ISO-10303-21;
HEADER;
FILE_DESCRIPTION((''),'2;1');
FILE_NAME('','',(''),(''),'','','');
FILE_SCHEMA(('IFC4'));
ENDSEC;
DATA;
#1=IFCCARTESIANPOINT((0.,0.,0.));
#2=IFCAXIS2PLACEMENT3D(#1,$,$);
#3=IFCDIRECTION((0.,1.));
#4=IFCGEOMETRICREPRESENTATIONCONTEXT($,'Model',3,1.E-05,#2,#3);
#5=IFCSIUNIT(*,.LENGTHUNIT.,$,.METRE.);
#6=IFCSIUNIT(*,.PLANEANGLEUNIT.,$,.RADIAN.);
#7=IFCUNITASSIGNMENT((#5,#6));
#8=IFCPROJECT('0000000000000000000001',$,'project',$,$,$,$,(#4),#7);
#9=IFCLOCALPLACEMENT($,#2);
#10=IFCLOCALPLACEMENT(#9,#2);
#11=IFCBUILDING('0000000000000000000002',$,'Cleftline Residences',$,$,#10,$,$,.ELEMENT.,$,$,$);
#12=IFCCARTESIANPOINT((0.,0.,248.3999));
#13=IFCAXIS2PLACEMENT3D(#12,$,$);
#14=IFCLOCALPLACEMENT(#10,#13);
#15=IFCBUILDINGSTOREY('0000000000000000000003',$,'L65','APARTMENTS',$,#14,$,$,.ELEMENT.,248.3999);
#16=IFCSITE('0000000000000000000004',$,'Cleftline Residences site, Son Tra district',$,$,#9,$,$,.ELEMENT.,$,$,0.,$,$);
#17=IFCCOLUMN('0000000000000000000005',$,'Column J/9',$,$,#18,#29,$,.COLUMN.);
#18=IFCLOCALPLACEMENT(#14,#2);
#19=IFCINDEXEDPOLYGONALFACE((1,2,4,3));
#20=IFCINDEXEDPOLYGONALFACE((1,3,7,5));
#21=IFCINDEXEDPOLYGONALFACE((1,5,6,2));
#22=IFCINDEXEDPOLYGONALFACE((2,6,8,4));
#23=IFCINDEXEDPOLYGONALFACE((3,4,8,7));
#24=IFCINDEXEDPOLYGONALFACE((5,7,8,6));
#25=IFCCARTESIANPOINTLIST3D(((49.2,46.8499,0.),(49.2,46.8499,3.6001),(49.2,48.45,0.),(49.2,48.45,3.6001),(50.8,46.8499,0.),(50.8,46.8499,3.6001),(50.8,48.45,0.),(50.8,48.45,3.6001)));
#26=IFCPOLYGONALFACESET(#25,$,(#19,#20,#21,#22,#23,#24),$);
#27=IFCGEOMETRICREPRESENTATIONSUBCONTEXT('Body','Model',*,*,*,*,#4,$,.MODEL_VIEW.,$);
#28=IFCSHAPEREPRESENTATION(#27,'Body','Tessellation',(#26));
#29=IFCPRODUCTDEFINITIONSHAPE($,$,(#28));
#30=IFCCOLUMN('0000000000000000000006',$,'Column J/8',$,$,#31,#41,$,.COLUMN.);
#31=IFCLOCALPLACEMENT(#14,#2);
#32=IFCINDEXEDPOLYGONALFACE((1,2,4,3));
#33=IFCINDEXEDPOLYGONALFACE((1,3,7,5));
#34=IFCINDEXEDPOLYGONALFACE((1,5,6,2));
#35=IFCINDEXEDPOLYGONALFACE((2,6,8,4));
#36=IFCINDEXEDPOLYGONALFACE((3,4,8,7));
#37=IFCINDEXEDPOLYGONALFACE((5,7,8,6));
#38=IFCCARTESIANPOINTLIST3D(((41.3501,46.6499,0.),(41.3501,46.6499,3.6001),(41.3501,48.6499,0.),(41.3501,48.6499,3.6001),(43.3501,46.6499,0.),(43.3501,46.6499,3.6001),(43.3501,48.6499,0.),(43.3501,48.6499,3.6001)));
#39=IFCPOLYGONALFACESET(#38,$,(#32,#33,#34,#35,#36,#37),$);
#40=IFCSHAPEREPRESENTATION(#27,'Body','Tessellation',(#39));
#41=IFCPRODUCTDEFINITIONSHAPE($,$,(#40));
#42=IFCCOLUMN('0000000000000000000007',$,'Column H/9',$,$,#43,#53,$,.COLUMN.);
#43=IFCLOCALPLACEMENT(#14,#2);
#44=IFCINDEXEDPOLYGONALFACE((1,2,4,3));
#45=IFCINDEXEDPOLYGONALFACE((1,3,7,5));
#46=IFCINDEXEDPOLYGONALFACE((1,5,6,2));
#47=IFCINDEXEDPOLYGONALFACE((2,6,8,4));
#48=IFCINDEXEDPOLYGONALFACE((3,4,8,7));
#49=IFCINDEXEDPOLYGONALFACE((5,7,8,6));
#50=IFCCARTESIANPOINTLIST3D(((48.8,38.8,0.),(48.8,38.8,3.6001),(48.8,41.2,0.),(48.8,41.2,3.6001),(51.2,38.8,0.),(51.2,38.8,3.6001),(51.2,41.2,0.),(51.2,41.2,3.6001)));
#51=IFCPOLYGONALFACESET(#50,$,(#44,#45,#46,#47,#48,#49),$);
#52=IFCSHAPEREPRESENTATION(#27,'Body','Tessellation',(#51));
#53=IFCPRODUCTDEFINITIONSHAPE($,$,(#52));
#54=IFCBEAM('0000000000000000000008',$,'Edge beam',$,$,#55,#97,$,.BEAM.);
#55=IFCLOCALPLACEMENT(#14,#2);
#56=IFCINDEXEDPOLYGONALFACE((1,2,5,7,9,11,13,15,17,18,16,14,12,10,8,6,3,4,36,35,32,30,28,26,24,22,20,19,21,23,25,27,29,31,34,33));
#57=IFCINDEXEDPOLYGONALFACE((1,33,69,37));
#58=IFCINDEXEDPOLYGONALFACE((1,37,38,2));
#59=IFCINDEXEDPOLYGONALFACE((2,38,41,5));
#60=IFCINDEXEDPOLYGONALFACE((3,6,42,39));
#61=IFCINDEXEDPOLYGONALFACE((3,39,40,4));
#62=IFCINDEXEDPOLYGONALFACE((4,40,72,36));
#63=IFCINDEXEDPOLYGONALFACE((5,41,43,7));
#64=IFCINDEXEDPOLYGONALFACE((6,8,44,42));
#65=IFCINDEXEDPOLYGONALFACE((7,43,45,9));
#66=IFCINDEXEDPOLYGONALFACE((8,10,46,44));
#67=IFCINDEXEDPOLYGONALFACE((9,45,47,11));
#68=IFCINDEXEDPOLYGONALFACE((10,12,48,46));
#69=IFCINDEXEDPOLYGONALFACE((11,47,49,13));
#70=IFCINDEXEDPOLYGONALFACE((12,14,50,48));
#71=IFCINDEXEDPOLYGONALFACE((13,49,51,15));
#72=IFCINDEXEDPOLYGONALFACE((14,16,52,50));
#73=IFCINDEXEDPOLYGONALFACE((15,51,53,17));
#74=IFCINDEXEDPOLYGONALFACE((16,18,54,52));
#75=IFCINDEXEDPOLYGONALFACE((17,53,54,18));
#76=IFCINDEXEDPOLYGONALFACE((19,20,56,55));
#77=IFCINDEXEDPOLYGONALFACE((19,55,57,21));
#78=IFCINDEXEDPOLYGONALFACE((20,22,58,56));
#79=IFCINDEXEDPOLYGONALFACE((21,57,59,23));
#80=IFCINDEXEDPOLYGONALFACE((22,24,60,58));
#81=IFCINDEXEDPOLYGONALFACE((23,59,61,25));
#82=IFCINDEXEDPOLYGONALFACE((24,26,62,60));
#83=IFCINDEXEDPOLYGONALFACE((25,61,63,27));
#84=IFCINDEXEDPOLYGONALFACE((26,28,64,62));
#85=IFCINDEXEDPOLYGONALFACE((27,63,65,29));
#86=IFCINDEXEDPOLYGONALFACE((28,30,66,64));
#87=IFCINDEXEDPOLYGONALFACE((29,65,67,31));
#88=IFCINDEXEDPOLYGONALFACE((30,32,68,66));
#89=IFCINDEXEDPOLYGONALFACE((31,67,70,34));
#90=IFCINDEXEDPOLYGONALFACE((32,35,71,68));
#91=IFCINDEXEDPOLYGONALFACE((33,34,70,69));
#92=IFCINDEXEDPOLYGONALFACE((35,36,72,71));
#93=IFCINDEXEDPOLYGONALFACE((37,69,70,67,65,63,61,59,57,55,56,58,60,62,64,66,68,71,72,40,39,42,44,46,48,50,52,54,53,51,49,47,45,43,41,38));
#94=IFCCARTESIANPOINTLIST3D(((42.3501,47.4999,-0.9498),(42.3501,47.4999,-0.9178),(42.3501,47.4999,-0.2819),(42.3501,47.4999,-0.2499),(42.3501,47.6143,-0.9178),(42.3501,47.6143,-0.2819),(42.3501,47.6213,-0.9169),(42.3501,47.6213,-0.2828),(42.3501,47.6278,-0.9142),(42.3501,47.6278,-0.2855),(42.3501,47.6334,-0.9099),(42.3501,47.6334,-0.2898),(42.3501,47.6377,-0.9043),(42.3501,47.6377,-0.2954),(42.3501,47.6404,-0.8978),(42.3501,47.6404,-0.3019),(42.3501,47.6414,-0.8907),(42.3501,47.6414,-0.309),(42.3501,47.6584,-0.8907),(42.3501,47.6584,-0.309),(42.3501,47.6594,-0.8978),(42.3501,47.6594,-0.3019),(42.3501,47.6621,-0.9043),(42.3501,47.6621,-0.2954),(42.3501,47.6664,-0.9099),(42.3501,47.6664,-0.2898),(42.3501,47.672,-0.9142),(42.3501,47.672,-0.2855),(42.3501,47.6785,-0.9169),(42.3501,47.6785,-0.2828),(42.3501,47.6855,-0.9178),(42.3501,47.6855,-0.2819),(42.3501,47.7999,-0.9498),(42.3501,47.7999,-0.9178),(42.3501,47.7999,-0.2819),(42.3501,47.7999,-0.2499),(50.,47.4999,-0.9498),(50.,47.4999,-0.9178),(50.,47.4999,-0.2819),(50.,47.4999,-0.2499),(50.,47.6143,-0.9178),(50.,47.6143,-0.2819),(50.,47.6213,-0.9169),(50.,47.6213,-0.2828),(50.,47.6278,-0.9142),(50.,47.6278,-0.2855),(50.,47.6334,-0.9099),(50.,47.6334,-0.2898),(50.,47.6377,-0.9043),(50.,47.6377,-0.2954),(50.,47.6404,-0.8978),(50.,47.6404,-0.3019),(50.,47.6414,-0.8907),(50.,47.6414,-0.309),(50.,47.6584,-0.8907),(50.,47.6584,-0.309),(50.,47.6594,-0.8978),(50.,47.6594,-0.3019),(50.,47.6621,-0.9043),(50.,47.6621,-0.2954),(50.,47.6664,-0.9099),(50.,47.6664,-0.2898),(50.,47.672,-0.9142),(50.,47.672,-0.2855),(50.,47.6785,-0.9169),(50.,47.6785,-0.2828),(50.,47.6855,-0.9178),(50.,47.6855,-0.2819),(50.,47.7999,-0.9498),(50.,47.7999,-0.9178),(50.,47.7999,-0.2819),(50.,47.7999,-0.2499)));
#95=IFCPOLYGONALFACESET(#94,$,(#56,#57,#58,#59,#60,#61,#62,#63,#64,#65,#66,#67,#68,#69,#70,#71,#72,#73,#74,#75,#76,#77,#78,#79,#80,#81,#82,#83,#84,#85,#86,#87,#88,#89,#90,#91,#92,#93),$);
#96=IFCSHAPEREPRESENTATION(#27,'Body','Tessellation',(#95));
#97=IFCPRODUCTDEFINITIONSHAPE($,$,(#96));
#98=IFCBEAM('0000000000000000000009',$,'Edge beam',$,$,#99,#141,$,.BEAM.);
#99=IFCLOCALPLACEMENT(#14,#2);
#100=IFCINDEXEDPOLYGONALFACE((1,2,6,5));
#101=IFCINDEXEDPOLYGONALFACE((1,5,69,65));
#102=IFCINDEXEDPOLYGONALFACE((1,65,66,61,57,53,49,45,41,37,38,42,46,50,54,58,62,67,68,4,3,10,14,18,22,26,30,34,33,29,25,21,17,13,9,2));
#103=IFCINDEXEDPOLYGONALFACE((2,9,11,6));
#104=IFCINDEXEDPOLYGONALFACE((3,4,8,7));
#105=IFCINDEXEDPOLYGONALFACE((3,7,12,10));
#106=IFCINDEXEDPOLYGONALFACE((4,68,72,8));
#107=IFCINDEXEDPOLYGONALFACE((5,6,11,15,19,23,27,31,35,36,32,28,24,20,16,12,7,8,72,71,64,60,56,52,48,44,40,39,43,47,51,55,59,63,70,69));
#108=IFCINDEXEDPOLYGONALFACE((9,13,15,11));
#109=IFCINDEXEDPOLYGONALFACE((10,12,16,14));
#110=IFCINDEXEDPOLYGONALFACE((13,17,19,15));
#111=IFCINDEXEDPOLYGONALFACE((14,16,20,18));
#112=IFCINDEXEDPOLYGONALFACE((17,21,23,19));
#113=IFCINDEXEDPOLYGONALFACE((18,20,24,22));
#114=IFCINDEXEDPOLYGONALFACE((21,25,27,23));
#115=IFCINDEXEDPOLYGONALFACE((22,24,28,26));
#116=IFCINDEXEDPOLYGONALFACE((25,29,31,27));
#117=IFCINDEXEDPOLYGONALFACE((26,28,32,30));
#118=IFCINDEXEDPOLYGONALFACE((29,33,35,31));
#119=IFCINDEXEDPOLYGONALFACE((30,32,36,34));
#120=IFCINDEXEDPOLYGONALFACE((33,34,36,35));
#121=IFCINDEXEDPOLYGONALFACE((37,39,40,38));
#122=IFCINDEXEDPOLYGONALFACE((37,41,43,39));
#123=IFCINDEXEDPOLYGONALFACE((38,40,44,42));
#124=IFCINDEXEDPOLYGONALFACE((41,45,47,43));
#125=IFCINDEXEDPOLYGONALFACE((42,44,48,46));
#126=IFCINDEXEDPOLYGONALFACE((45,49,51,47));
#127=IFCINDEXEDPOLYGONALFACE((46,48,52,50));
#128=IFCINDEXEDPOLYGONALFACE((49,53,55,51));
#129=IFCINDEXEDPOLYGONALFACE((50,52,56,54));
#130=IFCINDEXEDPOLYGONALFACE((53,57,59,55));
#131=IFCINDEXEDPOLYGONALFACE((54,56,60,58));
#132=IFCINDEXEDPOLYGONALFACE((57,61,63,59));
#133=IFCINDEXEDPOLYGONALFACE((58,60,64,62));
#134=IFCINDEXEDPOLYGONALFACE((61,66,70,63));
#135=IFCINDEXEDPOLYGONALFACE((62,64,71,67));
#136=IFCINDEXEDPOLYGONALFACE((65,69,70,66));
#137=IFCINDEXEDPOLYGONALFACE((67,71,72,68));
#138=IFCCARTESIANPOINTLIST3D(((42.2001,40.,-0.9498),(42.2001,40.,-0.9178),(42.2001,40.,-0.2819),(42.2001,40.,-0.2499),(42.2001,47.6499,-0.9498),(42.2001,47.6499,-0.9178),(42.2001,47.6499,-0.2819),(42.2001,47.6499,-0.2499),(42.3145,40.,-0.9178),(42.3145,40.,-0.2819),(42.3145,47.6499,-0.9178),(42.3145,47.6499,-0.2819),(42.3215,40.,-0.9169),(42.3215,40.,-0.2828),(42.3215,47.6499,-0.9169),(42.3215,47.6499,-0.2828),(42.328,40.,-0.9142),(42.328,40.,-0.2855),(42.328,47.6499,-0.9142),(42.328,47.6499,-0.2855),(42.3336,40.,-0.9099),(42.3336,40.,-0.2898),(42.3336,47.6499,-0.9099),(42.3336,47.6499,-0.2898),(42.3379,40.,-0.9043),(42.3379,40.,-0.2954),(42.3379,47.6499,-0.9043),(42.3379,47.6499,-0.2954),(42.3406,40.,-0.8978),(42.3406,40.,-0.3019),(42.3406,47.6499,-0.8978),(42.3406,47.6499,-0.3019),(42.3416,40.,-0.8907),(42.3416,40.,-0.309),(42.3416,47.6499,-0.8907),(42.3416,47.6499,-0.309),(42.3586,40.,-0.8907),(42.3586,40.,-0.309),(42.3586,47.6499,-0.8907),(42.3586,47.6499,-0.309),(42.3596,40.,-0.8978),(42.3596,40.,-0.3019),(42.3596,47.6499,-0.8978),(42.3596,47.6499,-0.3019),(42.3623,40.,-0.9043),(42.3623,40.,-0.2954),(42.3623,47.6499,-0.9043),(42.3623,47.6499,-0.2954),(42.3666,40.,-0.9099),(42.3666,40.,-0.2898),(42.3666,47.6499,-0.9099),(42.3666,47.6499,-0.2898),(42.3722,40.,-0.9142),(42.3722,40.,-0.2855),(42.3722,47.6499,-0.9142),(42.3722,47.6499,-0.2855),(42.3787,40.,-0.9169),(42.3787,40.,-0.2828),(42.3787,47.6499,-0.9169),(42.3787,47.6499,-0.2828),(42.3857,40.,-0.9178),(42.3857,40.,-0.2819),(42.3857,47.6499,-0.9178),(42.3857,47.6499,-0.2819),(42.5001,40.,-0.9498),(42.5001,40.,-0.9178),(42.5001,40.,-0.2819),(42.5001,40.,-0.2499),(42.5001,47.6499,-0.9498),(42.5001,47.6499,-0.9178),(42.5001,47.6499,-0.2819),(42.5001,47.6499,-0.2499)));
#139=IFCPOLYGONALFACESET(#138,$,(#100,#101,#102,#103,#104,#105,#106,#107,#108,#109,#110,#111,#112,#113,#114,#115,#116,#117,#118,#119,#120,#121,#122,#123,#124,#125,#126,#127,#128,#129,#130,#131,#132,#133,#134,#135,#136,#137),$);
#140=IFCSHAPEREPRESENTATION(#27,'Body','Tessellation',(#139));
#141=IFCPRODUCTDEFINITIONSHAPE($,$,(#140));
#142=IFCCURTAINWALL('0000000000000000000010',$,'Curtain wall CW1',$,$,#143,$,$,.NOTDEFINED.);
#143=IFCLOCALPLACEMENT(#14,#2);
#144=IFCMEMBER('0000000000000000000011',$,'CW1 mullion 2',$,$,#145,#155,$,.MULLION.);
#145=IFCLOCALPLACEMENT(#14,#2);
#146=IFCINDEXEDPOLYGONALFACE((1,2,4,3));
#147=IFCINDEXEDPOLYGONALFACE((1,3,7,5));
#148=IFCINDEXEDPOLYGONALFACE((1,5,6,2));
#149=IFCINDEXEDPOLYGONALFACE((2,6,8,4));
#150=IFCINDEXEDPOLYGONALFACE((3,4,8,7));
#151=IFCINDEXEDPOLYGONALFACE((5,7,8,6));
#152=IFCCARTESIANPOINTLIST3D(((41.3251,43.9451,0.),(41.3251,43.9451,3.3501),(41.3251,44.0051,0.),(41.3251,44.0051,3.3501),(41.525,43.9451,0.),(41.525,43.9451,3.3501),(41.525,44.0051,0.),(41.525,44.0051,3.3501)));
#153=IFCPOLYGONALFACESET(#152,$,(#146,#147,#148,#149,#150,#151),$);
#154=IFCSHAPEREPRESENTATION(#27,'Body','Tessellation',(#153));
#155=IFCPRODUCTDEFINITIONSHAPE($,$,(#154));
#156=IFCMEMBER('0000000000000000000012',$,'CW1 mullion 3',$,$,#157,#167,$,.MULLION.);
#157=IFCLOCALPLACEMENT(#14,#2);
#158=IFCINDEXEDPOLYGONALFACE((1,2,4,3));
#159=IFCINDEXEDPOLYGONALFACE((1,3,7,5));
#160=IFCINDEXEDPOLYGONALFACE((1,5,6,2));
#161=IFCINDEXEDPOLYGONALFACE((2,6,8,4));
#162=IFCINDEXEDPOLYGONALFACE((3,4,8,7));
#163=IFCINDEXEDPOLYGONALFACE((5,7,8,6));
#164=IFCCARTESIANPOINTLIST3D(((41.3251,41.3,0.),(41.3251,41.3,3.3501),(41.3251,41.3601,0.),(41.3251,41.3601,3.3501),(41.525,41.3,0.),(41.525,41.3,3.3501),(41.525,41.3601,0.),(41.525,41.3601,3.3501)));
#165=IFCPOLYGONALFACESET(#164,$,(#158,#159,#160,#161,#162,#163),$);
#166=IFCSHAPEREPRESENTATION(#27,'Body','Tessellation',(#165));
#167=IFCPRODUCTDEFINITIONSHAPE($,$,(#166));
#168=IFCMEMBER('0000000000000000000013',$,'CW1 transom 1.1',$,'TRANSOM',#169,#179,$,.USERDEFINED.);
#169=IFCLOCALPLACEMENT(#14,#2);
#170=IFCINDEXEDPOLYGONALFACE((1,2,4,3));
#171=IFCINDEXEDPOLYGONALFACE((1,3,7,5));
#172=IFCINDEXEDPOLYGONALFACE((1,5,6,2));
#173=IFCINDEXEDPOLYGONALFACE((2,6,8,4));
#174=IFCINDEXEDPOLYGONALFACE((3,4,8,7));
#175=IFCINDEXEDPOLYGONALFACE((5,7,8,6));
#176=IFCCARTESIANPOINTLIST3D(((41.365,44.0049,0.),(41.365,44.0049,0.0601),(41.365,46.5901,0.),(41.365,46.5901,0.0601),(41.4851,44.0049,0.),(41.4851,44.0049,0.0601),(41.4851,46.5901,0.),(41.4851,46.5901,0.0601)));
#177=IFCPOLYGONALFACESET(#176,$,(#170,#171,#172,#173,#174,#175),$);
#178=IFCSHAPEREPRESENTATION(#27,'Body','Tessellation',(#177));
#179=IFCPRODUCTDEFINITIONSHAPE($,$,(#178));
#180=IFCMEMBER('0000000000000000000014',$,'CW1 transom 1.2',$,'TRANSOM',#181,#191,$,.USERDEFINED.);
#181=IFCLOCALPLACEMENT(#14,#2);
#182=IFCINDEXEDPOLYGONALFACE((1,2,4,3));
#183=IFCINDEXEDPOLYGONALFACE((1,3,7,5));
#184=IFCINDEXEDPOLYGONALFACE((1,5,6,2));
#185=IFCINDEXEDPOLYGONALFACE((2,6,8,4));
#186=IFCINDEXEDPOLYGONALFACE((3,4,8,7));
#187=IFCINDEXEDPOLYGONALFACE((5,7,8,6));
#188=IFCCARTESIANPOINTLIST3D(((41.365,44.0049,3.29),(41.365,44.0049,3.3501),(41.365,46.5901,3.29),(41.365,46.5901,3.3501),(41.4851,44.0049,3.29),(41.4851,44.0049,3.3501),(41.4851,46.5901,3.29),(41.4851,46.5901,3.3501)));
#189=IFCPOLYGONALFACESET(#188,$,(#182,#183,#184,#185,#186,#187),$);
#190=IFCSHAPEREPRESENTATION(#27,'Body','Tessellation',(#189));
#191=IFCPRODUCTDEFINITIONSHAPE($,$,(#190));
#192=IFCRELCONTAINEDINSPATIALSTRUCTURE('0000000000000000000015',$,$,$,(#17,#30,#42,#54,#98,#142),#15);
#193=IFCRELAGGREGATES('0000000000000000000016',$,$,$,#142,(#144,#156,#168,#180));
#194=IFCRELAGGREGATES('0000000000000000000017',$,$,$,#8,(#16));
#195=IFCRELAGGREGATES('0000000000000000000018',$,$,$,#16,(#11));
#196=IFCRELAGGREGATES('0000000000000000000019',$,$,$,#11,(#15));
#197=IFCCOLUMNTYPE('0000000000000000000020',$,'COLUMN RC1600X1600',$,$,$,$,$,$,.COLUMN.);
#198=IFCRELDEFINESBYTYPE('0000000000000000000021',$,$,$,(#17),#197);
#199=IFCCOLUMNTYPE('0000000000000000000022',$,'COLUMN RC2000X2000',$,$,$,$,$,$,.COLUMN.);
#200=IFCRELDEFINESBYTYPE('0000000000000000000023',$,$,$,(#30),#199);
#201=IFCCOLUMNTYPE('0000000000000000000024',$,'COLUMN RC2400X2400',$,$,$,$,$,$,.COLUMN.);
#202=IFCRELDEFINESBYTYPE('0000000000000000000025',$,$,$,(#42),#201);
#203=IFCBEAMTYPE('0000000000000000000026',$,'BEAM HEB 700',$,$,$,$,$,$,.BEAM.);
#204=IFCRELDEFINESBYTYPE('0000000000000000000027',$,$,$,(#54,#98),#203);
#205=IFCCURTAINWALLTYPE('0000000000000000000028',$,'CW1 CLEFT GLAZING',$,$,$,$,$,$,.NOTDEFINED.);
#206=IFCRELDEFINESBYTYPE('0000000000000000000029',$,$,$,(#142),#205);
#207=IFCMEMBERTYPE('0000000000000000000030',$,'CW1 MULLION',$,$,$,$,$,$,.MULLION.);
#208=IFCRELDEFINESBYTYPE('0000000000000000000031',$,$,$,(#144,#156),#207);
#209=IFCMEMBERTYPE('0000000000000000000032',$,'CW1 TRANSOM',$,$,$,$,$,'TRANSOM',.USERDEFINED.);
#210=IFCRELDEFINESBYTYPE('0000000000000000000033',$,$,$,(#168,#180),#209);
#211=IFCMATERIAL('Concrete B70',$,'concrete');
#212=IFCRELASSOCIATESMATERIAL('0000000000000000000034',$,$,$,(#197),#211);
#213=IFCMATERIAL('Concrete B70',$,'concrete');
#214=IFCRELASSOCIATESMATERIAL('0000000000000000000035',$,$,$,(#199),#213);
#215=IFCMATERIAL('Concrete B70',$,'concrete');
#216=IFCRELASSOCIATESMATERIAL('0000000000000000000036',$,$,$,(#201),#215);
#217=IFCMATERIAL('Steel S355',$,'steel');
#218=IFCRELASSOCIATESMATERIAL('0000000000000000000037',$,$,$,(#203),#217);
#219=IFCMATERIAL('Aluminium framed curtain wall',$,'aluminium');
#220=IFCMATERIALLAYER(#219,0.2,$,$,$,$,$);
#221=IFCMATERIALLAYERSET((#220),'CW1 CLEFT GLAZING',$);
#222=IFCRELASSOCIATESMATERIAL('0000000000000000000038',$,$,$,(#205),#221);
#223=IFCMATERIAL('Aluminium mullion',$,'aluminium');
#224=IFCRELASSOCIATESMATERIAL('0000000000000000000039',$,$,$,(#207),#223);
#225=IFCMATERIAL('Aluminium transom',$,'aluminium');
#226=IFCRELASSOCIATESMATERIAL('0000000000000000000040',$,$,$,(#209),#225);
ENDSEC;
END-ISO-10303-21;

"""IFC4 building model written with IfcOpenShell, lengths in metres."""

from ifc_helpers import new_model, si_unit, direction, frame, origin, origin_2d, place, context, subcontext, project, spatial, rectangle, i_section, extrude, material, layer, layer_set, material_profile, profile_set, type_object, element, aggregate, save


model = new_model("IFC4")

# Units and contexts
model_context = context("Model", 3, precision=1e-05, world=origin(), true_north=direction((0.0, 1.0)))
body_context = subcontext(model_context, "Body", "Model", "MODEL_VIEW")
ifc_project = project(units=[si_unit("LENGTHUNIT", "METRE"), si_unit("PLANEANGLEUNIT", "RADIAN")], contexts=[model_context])

# Site, building, storey
site_placement = place(None, origin())
site = spatial("IfcSite", under=ifc_project, at=site_placement, Name="Cleftline Residences site, Son Tra district", CompositionType="ELEMENT", RefElevation=0.0)
building_placement = place(site_placement, origin())
building = spatial("IfcBuilding", under=site, at=building_placement, Name="Cleftline Residences", CompositionType="ELEMENT")
storey_placement = place(building_placement, frame((0.0, 0.0, 248.3999)))
storey = spatial("IfcBuildingStorey", under=building, at=storey_placement, Name="L65", Description="APARTMENTS", CompositionType="ELEMENT", Elevation=248.3999)

# Columns
ifc_material_1 = material(Name="Concrete B70", Category="concrete")
ifc_material_profile_1 = material_profile(ifc_material_1, rectangle(XDim=1.6001, YDim=1.6001, at=origin_2d()))
ifc_profile_set_1 = profile_set([ifc_material_profile_1], Name="Concrete B70")
column_type_1 = type_object("IfcColumnType", Name="COLUMN RC1600X1600", PredefinedType="COLUMN", material=ifc_profile_set_1)
column_1_placement = place(storey_placement, frame((50.0, 47.6499, 0.0), z_axis=(0.0, 0.0, 1.0), x_axis=(1.0, 0.0, 0.0)))
element("IfcColumn", 1, at=column_1_placement, inside=storey, type_object=column_type_1, Name="Column J/9", PredefinedType="COLUMN", context=body_context, shape_type="SweptSolid", body=[
    extrude(rectangle(XDim=1.6001, YDim=1.6001, at=origin_2d()), origin(), (0.0, 0.0, 1.0), 3.6001),
])
ifc_material_2 = material(Name="Concrete B70", Category="concrete")
ifc_material_profile_2 = material_profile(ifc_material_2, rectangle(XDim=2.0, YDim=2.0, at=origin_2d()))
ifc_profile_set_2 = profile_set([ifc_material_profile_2], Name="Concrete B70")
column_type_2 = type_object("IfcColumnType", Name="COLUMN RC2000X2000", PredefinedType="COLUMN", material=ifc_profile_set_2)
column_2_placement = place(storey_placement, frame((42.3501, 47.6499, 0.0), z_axis=(0.0, 0.0, 1.0), x_axis=(1.0, 0.0, 0.0)))
element("IfcColumn", 2, at=column_2_placement, inside=storey, type_object=column_type_2, Name="Column J/8", PredefinedType="COLUMN", context=body_context, shape_type="SweptSolid", body=[
    extrude(rectangle(XDim=2.0, YDim=2.0, at=origin_2d()), origin(), (0.0, 0.0, 1.0), 3.6001),
])
ifc_material_3 = material(Name="Concrete B70", Category="concrete")
ifc_material_profile_3 = material_profile(ifc_material_3, rectangle(XDim=2.3999, YDim=2.3999, at=origin_2d()))
ifc_profile_set_3 = profile_set([ifc_material_profile_3], Name="Concrete B70")
column_type_3 = type_object("IfcColumnType", Name="COLUMN RC2400X2400", PredefinedType="COLUMN", material=ifc_profile_set_3)
column_3_placement = place(storey_placement, frame((50.0, 40.0, 0.0), z_axis=(0.0, 0.0, 1.0), x_axis=(1.0, 0.0, 0.0)))
element("IfcColumn", 3, at=column_3_placement, inside=storey, type_object=column_type_3, Name="Column H/9", PredefinedType="COLUMN", context=body_context, shape_type="SweptSolid", body=[
    extrude(rectangle(XDim=2.3999, YDim=2.3999, at=origin_2d()), origin(), (0.0, 0.0, 1.0), 3.6001),
])

# Beams
ifc_material_4 = material(Name="Steel S355", Category="steel")
ifc_material_profile_4 = material_profile(ifc_material_4, i_section(OverallWidth=0.3, OverallDepth=0.7, WebThickness=0.0171, FlangeThickness=0.032, FilletRadius=0.0271, at=origin_2d()))
ifc_profile_set_4 = profile_set([ifc_material_profile_4], Name="Steel S355")
beam_type = type_object("IfcBeamType", Name="BEAM HEB 700", PredefinedType="BEAM", material=ifc_profile_set_4)
for number, where, z_axis, x_axis, name in (
    (4, (50.0, 47.6499, -0.5999), (-1.0, 0.0, 0.0), (0.0, -1.0, 0.0), "Edge beam"),
    (5, (42.3501, 47.6499, -0.5999), (0.0, -1.0, 0.0), (1.0, 0.0, 0.0), "Edge beam"),
):
    element("IfcBeam", number, at=place(storey_placement, frame(where, z_axis=z_axis, x_axis=x_axis)), inside=storey, type_object=beam_type, Name=name, PredefinedType="BEAM", context=body_context, shape_type="SweptSolid", body=[
        extrude(i_section(OverallWidth=0.3, OverallDepth=0.7, WebThickness=0.0171, FlangeThickness=0.032, FilletRadius=0.0271, at=origin_2d()), origin(), (0.0, 0.0, 1.0), 7.6499),
    ])

# Curtain wall, members
ifc_material_5 = material(Name="Aluminium framed curtain wall", Category="aluminium")
ifc_layer_1 = layer(ifc_material_5, 0.2)
ifc_layer_set_1 = layer_set([ifc_layer_1], Name="CW1 CLEFT GLAZING")
curtain_wall_type = type_object("IfcCurtainWallType", Name="CW1 CLEFT GLAZING", PredefinedType="NOTDEFINED", material=ifc_layer_set_1)
curtain_wall_placement = place(storey_placement, origin())
curtain_wall = element("IfcCurtainWall", 6, at=curtain_wall_placement, inside=storey, type_object=curtain_wall_type, Name="Curtain wall CW1", PredefinedType="NOTDEFINED")
ifc_material_6 = material(Name="Aluminium mullion", Category="aluminium")
ifc_material_profile_5 = material_profile(ifc_material_6, rectangle(XDim=0.2, YDim=0.0601, at=origin_2d()))
ifc_profile_set_5 = profile_set([ifc_material_profile_5], Name="Aluminium mullion")
member_type_1 = type_object("IfcMemberType", Name="CW1 MULLION", PredefinedType="MULLION", material=ifc_profile_set_5)
member_1_placement = place(storey_placement, frame((41.425, 43.9751, 0.0), z_axis=(0.0, 0.0, 1.0), x_axis=(1.0, 0.0, 0.0)))
member_1 = element("IfcMember", 7, at=member_1_placement, type_object=member_type_1, Name="CW1 mullion 2", PredefinedType="MULLION", context=body_context, shape_type="SweptSolid", body=[
    extrude(rectangle(XDim=0.2, YDim=0.0601, at=origin_2d()), origin(), (0.0, 0.0, 1.0), 3.3501),
])
member_2_placement = place(storey_placement, frame((41.425, 41.3301, 0.0), z_axis=(0.0, 0.0, 1.0), x_axis=(1.0, 0.0, 0.0)))
member_2 = element("IfcMember", 8, at=member_2_placement, type_object=member_type_1, Name="CW1 mullion 3", PredefinedType="MULLION", context=body_context, shape_type="SweptSolid", body=[
    extrude(rectangle(XDim=0.2, YDim=0.0601, at=origin_2d()), origin(), (0.0, 0.0, 1.0), 3.3501),
])
ifc_material_7 = material(Name="Aluminium transom", Category="aluminium")
ifc_material_profile_6 = material_profile(ifc_material_7, rectangle(XDim=0.1201, YDim=0.0601, at=origin_2d()))
ifc_profile_set_6 = profile_set([ifc_material_profile_6], Name="Aluminium transom")
member_type_2 = type_object("IfcMemberType", Name="CW1 TRANSOM", ElementType="TRANSOM", PredefinedType="USERDEFINED", material=ifc_profile_set_6)
member_3_placement = place(storey_placement, frame((41.425, 46.5901, 0.03), z_axis=(0.0, -1.0, 0.0), x_axis=(1.0, 0.0, 0.0)))
member_3 = element("IfcMember", 9, at=member_3_placement, type_object=member_type_2, Name="CW1 transom 1.1", ObjectType="TRANSOM", PredefinedType="USERDEFINED", context=body_context, shape_type="SweptSolid", body=[
    extrude(rectangle(XDim=0.1201, YDim=0.0601, at=origin_2d()), origin(), (0.0, 0.0, 1.0), 2.5852),
])
member_4_placement = place(storey_placement, frame((41.425, 46.5901, 3.3201), z_axis=(0.0, -1.0, 0.0), x_axis=(1.0, 0.0, 0.0)))
member_4 = element("IfcMember", 10, at=member_4_placement, type_object=member_type_2, Name="CW1 transom 1.2", ObjectType="TRANSOM", PredefinedType="USERDEFINED", context=body_context, shape_type="SweptSolid", body=[
    extrude(rectangle(XDim=0.1201, YDim=0.0601, at=origin_2d()), origin(), (0.0, 0.0, 1.0), 2.5852),
])
aggregate(curtain_wall, [member_1, member_2, member_3, member_4])

save(model, "model.ifc")
